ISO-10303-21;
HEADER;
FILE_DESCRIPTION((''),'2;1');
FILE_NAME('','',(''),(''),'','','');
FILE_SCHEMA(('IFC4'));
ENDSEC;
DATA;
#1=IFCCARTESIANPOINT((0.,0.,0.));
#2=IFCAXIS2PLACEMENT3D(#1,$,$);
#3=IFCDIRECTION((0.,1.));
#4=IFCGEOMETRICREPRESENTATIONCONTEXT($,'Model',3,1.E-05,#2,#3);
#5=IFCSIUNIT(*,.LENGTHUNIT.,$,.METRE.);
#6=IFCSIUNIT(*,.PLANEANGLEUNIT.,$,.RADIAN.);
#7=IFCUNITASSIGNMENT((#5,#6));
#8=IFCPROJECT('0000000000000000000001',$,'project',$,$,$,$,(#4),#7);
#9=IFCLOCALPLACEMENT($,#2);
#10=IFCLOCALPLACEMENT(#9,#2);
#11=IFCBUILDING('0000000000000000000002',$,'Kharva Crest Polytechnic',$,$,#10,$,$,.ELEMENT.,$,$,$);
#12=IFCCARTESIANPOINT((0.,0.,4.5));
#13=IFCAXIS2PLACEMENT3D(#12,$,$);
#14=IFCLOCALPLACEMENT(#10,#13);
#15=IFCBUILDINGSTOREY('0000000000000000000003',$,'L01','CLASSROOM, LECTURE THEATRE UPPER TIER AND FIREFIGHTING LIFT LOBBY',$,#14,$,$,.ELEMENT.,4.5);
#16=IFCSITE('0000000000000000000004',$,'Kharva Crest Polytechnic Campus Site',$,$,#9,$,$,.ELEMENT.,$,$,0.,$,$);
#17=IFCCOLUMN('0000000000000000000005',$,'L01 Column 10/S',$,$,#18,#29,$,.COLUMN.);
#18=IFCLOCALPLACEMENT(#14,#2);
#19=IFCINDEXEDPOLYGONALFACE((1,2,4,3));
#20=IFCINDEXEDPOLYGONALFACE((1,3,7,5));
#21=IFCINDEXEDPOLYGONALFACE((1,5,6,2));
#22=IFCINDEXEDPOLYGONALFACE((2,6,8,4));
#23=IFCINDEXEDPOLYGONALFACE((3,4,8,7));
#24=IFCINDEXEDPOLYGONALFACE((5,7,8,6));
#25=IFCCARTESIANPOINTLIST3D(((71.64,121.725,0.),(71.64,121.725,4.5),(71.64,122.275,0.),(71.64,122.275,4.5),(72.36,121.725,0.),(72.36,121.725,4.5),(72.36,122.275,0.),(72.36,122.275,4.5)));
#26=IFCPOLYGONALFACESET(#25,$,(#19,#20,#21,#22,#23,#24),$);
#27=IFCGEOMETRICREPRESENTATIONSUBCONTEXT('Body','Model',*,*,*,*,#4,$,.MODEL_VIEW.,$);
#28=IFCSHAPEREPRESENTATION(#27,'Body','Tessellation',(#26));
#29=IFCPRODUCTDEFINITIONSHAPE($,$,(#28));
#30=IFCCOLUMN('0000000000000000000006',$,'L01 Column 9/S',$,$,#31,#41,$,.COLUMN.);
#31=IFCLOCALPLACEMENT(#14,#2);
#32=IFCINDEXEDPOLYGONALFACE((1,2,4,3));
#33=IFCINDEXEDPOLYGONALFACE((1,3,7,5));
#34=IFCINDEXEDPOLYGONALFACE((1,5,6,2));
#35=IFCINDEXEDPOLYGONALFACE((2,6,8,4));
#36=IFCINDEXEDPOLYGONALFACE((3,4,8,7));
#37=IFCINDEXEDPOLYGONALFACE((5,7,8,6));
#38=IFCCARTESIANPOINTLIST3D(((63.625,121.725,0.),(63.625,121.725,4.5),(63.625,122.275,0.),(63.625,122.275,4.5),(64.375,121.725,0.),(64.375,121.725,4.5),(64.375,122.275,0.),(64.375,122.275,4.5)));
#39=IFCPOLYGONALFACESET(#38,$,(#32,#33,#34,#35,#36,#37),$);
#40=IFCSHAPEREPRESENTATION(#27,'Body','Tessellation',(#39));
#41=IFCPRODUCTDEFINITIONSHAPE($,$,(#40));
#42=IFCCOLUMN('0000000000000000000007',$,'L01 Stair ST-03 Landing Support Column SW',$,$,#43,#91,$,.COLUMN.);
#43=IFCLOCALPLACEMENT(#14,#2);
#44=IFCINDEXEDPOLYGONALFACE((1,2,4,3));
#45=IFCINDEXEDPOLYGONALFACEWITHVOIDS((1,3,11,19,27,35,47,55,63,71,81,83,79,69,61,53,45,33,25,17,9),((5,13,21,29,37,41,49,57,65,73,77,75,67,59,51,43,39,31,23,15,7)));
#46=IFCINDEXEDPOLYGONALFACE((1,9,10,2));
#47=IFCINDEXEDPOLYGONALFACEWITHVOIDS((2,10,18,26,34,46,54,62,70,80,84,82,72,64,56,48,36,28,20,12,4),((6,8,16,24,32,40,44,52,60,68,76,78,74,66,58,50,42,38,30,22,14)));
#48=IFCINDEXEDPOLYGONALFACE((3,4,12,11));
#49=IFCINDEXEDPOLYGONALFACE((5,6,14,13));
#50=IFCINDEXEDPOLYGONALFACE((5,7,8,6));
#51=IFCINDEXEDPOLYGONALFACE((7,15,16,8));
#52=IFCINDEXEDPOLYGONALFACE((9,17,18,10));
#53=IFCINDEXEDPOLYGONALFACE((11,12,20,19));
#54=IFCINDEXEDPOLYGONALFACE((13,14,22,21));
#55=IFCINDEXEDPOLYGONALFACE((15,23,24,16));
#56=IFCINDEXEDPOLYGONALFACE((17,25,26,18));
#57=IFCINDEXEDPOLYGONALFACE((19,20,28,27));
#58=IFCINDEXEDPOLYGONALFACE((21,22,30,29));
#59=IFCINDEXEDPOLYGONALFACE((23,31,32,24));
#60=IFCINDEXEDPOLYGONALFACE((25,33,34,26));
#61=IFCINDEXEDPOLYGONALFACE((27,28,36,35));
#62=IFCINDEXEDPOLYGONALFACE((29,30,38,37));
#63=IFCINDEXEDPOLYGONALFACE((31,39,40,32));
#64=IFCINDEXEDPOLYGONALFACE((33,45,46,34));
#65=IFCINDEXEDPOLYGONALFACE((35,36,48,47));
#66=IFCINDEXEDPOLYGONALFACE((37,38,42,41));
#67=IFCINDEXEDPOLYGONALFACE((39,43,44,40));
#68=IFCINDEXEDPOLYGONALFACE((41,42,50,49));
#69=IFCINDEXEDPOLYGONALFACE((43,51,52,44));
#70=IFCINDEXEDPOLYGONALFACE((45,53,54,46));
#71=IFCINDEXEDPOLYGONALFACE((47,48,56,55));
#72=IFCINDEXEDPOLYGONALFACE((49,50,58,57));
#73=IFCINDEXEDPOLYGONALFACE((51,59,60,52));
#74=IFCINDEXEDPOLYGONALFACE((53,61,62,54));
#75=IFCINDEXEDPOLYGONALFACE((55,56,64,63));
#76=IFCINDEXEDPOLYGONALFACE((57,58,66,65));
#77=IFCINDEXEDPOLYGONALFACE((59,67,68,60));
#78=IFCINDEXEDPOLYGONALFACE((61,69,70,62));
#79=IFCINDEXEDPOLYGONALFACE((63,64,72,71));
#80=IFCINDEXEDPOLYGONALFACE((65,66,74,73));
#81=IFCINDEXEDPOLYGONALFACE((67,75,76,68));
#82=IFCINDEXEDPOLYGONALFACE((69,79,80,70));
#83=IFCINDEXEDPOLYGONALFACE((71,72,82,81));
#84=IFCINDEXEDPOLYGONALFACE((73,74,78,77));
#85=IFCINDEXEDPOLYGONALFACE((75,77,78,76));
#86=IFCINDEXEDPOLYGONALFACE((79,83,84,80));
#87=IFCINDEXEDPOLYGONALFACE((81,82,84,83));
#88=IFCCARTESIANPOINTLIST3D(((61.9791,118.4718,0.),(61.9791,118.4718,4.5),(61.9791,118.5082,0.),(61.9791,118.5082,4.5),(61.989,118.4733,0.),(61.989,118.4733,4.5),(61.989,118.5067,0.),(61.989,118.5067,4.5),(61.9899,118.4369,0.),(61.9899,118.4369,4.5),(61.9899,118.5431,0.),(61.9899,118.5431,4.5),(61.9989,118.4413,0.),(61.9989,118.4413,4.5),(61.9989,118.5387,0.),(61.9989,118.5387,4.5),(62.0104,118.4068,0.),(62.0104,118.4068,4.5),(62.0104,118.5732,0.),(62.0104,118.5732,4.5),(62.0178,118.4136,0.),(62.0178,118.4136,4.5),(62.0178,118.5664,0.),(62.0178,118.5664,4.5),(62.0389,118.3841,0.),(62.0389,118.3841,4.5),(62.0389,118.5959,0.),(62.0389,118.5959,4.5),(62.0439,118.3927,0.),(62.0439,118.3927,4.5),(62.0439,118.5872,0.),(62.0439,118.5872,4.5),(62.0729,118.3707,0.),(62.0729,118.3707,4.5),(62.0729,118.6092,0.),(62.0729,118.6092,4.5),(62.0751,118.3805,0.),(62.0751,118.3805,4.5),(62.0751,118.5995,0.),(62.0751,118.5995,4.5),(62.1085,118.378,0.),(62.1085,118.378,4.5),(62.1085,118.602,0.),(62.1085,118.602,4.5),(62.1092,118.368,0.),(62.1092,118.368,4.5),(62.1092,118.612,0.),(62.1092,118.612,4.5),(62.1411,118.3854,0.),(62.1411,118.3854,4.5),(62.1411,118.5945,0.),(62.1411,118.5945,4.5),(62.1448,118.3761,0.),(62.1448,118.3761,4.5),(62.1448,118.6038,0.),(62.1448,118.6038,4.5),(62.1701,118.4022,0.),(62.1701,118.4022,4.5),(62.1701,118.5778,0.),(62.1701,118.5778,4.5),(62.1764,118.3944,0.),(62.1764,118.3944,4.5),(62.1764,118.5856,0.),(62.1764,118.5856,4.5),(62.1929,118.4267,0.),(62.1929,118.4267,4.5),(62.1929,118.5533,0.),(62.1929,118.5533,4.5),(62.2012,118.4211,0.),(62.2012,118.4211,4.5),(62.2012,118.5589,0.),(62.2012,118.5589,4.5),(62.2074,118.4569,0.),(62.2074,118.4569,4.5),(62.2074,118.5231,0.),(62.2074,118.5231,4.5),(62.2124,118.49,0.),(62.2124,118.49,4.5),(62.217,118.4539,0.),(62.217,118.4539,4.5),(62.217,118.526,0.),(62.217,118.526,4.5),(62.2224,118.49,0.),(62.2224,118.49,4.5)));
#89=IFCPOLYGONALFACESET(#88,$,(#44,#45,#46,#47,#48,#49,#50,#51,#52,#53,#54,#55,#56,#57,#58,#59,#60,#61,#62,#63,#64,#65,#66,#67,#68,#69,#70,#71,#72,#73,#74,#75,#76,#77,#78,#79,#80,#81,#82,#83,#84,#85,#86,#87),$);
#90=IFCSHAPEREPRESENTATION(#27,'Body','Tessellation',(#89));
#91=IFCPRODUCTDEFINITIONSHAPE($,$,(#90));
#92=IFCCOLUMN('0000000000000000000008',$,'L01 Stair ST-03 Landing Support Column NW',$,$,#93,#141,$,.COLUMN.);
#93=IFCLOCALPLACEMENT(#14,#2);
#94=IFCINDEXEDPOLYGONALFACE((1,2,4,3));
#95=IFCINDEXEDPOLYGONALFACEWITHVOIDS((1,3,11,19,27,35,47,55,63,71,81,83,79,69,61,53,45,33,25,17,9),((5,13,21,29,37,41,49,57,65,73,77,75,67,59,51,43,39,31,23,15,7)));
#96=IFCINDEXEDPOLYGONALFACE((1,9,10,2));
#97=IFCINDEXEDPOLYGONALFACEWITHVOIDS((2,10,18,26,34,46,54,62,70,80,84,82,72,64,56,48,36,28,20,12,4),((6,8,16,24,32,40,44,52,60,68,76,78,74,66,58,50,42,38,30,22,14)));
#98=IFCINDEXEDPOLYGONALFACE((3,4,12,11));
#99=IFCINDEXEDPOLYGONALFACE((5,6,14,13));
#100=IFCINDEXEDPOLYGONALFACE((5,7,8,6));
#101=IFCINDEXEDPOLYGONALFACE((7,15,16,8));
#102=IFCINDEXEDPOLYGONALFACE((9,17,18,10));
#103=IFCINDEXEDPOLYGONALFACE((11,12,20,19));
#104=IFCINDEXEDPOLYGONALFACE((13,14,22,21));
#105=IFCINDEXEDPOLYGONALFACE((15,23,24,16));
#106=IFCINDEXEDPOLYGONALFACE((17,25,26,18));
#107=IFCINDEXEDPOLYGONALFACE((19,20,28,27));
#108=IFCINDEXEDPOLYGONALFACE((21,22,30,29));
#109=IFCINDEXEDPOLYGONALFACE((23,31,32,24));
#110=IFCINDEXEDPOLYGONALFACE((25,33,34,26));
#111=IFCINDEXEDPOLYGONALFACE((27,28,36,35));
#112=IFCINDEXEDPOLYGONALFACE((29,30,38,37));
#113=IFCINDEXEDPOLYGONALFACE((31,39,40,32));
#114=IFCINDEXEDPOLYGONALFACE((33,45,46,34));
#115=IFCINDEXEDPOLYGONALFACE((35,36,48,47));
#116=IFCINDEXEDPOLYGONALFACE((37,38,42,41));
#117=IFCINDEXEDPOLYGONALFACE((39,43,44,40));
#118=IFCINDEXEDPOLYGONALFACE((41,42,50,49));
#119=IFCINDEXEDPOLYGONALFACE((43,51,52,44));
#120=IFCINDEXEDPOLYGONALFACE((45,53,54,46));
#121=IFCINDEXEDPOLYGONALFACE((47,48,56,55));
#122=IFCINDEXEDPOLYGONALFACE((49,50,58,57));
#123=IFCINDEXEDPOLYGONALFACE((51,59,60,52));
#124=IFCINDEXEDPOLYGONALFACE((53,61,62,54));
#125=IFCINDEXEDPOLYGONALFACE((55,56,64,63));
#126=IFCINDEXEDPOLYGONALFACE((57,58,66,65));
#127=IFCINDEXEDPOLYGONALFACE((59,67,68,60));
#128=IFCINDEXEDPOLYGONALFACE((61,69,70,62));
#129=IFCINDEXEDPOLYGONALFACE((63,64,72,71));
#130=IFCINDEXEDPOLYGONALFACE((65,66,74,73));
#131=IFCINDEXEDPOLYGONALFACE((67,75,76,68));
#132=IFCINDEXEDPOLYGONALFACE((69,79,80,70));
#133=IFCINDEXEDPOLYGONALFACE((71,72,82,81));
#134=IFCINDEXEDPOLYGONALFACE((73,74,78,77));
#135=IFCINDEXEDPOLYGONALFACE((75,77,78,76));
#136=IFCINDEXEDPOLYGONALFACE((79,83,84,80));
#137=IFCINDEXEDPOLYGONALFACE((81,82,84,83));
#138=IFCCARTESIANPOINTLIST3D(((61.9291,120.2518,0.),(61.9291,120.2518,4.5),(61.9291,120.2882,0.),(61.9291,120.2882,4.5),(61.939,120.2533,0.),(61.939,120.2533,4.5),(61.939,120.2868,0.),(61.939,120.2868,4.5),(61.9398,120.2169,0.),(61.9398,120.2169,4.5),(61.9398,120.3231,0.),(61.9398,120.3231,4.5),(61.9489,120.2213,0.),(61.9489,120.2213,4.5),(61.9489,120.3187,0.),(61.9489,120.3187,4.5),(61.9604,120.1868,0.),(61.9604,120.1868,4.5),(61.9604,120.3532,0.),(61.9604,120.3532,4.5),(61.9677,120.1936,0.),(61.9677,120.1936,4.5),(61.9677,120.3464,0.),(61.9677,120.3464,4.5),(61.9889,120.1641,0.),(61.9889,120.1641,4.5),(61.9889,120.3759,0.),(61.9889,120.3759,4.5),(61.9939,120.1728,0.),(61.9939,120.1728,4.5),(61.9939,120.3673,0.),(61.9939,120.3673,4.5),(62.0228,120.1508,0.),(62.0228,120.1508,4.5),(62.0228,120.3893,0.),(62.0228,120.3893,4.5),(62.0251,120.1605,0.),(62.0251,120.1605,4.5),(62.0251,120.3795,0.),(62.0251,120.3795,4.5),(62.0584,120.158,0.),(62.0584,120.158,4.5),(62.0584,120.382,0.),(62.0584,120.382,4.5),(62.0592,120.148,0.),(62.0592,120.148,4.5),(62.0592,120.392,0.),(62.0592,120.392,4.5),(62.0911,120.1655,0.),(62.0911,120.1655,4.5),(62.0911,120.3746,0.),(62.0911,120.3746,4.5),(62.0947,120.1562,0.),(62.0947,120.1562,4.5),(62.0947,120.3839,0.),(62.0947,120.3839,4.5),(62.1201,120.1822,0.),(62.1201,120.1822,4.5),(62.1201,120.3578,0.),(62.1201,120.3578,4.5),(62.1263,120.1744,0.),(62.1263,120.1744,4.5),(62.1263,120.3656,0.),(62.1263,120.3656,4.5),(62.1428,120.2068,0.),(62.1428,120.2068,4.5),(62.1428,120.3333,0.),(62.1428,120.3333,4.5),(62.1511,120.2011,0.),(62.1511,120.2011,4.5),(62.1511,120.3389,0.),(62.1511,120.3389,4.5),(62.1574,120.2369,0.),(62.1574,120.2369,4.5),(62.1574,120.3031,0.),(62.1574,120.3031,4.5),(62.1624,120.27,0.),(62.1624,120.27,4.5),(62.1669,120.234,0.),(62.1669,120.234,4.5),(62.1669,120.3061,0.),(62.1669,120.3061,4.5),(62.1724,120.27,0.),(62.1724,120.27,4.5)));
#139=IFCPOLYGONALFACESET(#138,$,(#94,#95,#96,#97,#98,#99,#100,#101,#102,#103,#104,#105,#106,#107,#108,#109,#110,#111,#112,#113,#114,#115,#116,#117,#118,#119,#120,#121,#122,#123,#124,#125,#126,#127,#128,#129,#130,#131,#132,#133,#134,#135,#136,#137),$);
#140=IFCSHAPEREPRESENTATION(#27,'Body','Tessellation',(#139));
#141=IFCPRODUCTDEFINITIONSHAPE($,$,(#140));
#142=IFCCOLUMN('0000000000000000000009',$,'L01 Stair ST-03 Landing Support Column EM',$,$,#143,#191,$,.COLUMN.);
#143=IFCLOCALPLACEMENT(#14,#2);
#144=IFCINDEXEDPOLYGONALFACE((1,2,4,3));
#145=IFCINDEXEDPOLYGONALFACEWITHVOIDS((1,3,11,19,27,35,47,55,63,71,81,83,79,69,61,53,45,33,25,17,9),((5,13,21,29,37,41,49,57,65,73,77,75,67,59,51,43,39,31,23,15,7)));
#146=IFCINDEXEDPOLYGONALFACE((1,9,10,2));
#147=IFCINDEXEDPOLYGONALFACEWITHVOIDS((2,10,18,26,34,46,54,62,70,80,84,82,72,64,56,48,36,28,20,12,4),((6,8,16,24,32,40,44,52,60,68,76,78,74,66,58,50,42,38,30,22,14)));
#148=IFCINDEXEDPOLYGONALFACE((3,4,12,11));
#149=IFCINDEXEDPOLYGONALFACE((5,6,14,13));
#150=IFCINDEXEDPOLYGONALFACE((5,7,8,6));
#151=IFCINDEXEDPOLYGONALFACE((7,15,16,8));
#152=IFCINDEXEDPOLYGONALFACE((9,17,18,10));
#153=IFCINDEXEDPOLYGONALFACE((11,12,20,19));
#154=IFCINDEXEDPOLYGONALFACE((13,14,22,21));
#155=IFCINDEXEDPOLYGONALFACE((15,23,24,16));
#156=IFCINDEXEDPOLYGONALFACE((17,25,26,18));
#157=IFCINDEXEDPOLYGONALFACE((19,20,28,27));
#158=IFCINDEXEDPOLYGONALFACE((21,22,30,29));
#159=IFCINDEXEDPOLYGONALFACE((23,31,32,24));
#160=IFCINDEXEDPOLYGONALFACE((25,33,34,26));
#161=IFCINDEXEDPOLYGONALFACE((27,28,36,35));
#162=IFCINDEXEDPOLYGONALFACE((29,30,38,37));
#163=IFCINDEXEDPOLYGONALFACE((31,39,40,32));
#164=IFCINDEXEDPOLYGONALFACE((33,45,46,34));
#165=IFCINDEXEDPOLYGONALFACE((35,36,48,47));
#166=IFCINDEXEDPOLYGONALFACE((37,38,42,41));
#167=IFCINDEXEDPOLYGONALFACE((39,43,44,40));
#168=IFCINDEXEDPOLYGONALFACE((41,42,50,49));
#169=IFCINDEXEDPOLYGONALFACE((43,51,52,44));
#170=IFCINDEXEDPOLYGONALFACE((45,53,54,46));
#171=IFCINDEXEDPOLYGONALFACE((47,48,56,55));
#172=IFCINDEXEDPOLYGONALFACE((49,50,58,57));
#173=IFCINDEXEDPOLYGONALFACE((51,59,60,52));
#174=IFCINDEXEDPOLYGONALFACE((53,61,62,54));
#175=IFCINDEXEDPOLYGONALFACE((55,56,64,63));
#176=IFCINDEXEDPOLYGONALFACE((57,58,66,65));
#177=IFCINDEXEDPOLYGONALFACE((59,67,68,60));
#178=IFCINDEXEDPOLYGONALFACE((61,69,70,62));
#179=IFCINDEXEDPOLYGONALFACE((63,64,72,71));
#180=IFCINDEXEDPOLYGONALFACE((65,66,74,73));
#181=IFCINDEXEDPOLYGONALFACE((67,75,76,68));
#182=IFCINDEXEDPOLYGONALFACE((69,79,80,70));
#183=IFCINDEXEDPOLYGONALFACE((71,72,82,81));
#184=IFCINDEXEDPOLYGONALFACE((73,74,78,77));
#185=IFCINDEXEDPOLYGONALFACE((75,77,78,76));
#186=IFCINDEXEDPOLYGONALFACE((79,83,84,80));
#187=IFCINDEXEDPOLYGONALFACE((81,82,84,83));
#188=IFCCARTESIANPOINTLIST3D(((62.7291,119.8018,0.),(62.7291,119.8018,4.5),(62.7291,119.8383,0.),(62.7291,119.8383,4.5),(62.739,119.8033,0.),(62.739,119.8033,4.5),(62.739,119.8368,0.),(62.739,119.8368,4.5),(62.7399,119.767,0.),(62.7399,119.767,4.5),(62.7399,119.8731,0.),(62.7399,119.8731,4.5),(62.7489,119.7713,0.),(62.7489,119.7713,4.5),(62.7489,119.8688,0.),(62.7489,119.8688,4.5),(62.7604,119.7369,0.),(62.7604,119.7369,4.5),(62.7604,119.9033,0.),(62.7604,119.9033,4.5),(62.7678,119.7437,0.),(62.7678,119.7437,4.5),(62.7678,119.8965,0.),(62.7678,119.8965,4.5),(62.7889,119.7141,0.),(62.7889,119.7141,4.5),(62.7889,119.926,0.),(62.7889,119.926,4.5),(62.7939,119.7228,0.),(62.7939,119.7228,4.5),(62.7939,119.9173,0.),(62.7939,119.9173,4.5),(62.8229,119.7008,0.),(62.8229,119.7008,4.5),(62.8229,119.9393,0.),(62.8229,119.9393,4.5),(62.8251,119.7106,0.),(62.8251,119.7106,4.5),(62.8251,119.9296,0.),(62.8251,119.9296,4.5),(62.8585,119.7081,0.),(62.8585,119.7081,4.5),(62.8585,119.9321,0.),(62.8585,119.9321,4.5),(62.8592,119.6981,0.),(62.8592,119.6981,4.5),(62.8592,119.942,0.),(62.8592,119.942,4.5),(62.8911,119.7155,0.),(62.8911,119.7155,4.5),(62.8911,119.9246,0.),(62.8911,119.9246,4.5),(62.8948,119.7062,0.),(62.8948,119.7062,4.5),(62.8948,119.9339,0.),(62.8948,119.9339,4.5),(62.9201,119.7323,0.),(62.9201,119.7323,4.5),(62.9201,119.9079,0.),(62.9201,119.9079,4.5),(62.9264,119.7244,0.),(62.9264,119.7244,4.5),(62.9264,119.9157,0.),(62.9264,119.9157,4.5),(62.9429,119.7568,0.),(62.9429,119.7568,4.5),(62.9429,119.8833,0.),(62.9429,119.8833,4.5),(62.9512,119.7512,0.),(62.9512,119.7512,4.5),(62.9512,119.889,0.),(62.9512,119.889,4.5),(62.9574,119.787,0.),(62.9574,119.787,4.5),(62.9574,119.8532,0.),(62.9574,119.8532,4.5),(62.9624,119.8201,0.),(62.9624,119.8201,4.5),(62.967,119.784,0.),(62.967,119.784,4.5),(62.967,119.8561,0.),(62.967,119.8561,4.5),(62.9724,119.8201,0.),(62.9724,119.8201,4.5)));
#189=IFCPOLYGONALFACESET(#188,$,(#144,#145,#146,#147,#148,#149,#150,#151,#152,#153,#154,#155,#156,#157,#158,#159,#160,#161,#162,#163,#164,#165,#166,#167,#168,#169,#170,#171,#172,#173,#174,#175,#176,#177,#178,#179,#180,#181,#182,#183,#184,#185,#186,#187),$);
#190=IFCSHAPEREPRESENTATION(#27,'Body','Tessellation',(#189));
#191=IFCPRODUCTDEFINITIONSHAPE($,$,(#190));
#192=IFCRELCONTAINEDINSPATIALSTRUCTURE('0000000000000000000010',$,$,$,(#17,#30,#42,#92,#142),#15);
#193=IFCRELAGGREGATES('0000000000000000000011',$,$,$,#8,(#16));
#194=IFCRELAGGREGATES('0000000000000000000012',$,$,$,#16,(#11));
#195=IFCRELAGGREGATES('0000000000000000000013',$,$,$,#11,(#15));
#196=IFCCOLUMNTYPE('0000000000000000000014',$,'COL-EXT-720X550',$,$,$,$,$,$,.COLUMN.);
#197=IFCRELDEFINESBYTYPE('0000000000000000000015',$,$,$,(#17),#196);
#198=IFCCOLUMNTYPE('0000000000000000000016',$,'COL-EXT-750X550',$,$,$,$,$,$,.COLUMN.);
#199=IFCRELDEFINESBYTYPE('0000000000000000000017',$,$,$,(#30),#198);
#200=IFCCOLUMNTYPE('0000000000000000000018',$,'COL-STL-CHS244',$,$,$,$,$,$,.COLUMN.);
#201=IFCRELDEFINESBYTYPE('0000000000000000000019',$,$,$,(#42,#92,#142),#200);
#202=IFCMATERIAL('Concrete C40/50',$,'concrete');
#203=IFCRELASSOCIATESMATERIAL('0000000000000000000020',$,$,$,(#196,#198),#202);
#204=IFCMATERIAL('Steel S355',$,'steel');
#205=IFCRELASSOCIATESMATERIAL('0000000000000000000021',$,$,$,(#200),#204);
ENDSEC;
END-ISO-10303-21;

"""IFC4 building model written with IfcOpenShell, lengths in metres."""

from ifc_helpers import new_model, si_unit, direction, frame, origin, origin_2d, place, context, subcontext, project, spatial, rectangle, hollow_circle, extrude, material, material_profile, profile_set, type_object, element, save


model = new_model("IFC4")

# Units and contexts
model_context = context("Model", 3, precision=1e-05, world=origin(), true_north=direction((0.0, 1.0)))
body_context = subcontext(model_context, "Body", "Model", "MODEL_VIEW")
ifc_project = project(units=[si_unit("LENGTHUNIT", "METRE"), si_unit("PLANEANGLEUNIT", "RADIAN")], contexts=[model_context])

# Site, building, storey
site_placement = place(None, origin())
site = spatial("IfcSite", under=ifc_project, at=site_placement, Name="Kharva Crest Polytechnic Campus Site", CompositionType="ELEMENT", RefElevation=0.0)
building_placement = place(site_placement, origin())
building = spatial("IfcBuilding", under=site, at=building_placement, Name="Kharva Crest Polytechnic", CompositionType="ELEMENT")
storey_placement = place(building_placement, frame((0.0, 0.0, 4.5)))
storey = spatial("IfcBuildingStorey", under=building, at=storey_placement, Name="L01", Description="CLASSROOM, LECTURE THEATRE UPPER TIER AND FIREFIGHTING LIFT LOBBY", CompositionType="ELEMENT", Elevation=4.5)

# Columns
ifc_material_1 = material(Name="Concrete C40/50", Category="concrete")
ifc_material_profile_1 = material_profile(ifc_material_1, rectangle(XDim=0.72, YDim=0.55, at=origin_2d()), Name="RECT 720 X 550")
ifc_profile_set_1 = profile_set([ifc_material_profile_1], Name="Concrete C40/50")
column_type_1 = type_object("IfcColumnType", Name="COL-EXT-720X550", PredefinedType="COLUMN", material=ifc_profile_set_1)
column_1_placement = place(storey_placement, frame((72.0, 122.0, 0.0), z_axis=(0.0, 0.0, 1.0), x_axis=(1.0, 0.0, 0.0)))
element("IfcColumn", 1, at=column_1_placement, inside=storey, type_object=column_type_1, Name="L01 Column 10/S", PredefinedType="COLUMN", context=body_context, shape_type="SweptSolid", body=[
    extrude(rectangle(XDim=0.72, YDim=0.55, at=origin_2d()), origin(), (0.0, 0.0, 1.0), 4.5),
])
ifc_material_profile_2 = material_profile(ifc_material_1, rectangle(XDim=0.75, YDim=0.55, at=origin_2d()), Name="RECT 750 X 550")
ifc_profile_set_2 = profile_set([ifc_material_profile_2], Name="Concrete C40/50")
column_type_2 = type_object("IfcColumnType", Name="COL-EXT-750X550", PredefinedType="COLUMN", material=ifc_profile_set_2)
column_2_placement = place(storey_placement, frame((64.0, 122.0, 0.0), z_axis=(0.0, 0.0, 1.0), x_axis=(1.0, 0.0, 0.0)))
element("IfcColumn", 2, at=column_2_placement, inside=storey, type_object=column_type_2, Name="L01 Column 9/S", PredefinedType="COLUMN", context=body_context, shape_type="SweptSolid", body=[
    extrude(rectangle(XDim=0.75, YDim=0.55, at=origin_2d()), origin(), (0.0, 0.0, 1.0), 4.5),
])
ifc_material_2 = material(Name="Steel S355", Category="steel")
ifc_material_profile_3 = material_profile(ifc_material_2, hollow_circle(Radius=0.1223, WallThickness=0.01, at=origin_2d()), Name="CHS 244.5X10.0")
ifc_profile_set_3 = profile_set([ifc_material_profile_3], Name="Steel S355")
column_type_3 = type_object("IfcColumnType", Name="COL-STL-CHS244", PredefinedType="COLUMN", material=ifc_profile_set_3)
for number, where, z_axis, x_axis, name in (
    (3, (62.1001, 118.49, 0.0), (0.0, 0.0, 1.0), (1.0, 0.0, 0.0), "L01 Stair ST-03 Landing Support Column SW"),
    (4, (62.05, 120.27, 0.0), (0.0, 0.0, 1.0), (1.0, 0.0, 0.0), "L01 Stair ST-03 Landing Support Column NW"),
    (5, (62.8501, 119.8201, 0.0), (0.0, 0.0, 1.0), (1.0, 0.0, 0.0), "L01 Stair ST-03 Landing Support Column EM"),
):
    element("IfcColumn", number, at=place(storey_placement, frame(where, z_axis=z_axis, x_axis=x_axis)), inside=storey, type_object=column_type_3, Name=name, PredefinedType="COLUMN", context=body_context, shape_type="SweptSolid", body=[
        extrude(hollow_circle(Radius=0.1223, WallThickness=0.01, at=origin_2d()), origin(), (0.0, 0.0, 1.0), 4.5),
    ])

save(model, "model.ifc")
